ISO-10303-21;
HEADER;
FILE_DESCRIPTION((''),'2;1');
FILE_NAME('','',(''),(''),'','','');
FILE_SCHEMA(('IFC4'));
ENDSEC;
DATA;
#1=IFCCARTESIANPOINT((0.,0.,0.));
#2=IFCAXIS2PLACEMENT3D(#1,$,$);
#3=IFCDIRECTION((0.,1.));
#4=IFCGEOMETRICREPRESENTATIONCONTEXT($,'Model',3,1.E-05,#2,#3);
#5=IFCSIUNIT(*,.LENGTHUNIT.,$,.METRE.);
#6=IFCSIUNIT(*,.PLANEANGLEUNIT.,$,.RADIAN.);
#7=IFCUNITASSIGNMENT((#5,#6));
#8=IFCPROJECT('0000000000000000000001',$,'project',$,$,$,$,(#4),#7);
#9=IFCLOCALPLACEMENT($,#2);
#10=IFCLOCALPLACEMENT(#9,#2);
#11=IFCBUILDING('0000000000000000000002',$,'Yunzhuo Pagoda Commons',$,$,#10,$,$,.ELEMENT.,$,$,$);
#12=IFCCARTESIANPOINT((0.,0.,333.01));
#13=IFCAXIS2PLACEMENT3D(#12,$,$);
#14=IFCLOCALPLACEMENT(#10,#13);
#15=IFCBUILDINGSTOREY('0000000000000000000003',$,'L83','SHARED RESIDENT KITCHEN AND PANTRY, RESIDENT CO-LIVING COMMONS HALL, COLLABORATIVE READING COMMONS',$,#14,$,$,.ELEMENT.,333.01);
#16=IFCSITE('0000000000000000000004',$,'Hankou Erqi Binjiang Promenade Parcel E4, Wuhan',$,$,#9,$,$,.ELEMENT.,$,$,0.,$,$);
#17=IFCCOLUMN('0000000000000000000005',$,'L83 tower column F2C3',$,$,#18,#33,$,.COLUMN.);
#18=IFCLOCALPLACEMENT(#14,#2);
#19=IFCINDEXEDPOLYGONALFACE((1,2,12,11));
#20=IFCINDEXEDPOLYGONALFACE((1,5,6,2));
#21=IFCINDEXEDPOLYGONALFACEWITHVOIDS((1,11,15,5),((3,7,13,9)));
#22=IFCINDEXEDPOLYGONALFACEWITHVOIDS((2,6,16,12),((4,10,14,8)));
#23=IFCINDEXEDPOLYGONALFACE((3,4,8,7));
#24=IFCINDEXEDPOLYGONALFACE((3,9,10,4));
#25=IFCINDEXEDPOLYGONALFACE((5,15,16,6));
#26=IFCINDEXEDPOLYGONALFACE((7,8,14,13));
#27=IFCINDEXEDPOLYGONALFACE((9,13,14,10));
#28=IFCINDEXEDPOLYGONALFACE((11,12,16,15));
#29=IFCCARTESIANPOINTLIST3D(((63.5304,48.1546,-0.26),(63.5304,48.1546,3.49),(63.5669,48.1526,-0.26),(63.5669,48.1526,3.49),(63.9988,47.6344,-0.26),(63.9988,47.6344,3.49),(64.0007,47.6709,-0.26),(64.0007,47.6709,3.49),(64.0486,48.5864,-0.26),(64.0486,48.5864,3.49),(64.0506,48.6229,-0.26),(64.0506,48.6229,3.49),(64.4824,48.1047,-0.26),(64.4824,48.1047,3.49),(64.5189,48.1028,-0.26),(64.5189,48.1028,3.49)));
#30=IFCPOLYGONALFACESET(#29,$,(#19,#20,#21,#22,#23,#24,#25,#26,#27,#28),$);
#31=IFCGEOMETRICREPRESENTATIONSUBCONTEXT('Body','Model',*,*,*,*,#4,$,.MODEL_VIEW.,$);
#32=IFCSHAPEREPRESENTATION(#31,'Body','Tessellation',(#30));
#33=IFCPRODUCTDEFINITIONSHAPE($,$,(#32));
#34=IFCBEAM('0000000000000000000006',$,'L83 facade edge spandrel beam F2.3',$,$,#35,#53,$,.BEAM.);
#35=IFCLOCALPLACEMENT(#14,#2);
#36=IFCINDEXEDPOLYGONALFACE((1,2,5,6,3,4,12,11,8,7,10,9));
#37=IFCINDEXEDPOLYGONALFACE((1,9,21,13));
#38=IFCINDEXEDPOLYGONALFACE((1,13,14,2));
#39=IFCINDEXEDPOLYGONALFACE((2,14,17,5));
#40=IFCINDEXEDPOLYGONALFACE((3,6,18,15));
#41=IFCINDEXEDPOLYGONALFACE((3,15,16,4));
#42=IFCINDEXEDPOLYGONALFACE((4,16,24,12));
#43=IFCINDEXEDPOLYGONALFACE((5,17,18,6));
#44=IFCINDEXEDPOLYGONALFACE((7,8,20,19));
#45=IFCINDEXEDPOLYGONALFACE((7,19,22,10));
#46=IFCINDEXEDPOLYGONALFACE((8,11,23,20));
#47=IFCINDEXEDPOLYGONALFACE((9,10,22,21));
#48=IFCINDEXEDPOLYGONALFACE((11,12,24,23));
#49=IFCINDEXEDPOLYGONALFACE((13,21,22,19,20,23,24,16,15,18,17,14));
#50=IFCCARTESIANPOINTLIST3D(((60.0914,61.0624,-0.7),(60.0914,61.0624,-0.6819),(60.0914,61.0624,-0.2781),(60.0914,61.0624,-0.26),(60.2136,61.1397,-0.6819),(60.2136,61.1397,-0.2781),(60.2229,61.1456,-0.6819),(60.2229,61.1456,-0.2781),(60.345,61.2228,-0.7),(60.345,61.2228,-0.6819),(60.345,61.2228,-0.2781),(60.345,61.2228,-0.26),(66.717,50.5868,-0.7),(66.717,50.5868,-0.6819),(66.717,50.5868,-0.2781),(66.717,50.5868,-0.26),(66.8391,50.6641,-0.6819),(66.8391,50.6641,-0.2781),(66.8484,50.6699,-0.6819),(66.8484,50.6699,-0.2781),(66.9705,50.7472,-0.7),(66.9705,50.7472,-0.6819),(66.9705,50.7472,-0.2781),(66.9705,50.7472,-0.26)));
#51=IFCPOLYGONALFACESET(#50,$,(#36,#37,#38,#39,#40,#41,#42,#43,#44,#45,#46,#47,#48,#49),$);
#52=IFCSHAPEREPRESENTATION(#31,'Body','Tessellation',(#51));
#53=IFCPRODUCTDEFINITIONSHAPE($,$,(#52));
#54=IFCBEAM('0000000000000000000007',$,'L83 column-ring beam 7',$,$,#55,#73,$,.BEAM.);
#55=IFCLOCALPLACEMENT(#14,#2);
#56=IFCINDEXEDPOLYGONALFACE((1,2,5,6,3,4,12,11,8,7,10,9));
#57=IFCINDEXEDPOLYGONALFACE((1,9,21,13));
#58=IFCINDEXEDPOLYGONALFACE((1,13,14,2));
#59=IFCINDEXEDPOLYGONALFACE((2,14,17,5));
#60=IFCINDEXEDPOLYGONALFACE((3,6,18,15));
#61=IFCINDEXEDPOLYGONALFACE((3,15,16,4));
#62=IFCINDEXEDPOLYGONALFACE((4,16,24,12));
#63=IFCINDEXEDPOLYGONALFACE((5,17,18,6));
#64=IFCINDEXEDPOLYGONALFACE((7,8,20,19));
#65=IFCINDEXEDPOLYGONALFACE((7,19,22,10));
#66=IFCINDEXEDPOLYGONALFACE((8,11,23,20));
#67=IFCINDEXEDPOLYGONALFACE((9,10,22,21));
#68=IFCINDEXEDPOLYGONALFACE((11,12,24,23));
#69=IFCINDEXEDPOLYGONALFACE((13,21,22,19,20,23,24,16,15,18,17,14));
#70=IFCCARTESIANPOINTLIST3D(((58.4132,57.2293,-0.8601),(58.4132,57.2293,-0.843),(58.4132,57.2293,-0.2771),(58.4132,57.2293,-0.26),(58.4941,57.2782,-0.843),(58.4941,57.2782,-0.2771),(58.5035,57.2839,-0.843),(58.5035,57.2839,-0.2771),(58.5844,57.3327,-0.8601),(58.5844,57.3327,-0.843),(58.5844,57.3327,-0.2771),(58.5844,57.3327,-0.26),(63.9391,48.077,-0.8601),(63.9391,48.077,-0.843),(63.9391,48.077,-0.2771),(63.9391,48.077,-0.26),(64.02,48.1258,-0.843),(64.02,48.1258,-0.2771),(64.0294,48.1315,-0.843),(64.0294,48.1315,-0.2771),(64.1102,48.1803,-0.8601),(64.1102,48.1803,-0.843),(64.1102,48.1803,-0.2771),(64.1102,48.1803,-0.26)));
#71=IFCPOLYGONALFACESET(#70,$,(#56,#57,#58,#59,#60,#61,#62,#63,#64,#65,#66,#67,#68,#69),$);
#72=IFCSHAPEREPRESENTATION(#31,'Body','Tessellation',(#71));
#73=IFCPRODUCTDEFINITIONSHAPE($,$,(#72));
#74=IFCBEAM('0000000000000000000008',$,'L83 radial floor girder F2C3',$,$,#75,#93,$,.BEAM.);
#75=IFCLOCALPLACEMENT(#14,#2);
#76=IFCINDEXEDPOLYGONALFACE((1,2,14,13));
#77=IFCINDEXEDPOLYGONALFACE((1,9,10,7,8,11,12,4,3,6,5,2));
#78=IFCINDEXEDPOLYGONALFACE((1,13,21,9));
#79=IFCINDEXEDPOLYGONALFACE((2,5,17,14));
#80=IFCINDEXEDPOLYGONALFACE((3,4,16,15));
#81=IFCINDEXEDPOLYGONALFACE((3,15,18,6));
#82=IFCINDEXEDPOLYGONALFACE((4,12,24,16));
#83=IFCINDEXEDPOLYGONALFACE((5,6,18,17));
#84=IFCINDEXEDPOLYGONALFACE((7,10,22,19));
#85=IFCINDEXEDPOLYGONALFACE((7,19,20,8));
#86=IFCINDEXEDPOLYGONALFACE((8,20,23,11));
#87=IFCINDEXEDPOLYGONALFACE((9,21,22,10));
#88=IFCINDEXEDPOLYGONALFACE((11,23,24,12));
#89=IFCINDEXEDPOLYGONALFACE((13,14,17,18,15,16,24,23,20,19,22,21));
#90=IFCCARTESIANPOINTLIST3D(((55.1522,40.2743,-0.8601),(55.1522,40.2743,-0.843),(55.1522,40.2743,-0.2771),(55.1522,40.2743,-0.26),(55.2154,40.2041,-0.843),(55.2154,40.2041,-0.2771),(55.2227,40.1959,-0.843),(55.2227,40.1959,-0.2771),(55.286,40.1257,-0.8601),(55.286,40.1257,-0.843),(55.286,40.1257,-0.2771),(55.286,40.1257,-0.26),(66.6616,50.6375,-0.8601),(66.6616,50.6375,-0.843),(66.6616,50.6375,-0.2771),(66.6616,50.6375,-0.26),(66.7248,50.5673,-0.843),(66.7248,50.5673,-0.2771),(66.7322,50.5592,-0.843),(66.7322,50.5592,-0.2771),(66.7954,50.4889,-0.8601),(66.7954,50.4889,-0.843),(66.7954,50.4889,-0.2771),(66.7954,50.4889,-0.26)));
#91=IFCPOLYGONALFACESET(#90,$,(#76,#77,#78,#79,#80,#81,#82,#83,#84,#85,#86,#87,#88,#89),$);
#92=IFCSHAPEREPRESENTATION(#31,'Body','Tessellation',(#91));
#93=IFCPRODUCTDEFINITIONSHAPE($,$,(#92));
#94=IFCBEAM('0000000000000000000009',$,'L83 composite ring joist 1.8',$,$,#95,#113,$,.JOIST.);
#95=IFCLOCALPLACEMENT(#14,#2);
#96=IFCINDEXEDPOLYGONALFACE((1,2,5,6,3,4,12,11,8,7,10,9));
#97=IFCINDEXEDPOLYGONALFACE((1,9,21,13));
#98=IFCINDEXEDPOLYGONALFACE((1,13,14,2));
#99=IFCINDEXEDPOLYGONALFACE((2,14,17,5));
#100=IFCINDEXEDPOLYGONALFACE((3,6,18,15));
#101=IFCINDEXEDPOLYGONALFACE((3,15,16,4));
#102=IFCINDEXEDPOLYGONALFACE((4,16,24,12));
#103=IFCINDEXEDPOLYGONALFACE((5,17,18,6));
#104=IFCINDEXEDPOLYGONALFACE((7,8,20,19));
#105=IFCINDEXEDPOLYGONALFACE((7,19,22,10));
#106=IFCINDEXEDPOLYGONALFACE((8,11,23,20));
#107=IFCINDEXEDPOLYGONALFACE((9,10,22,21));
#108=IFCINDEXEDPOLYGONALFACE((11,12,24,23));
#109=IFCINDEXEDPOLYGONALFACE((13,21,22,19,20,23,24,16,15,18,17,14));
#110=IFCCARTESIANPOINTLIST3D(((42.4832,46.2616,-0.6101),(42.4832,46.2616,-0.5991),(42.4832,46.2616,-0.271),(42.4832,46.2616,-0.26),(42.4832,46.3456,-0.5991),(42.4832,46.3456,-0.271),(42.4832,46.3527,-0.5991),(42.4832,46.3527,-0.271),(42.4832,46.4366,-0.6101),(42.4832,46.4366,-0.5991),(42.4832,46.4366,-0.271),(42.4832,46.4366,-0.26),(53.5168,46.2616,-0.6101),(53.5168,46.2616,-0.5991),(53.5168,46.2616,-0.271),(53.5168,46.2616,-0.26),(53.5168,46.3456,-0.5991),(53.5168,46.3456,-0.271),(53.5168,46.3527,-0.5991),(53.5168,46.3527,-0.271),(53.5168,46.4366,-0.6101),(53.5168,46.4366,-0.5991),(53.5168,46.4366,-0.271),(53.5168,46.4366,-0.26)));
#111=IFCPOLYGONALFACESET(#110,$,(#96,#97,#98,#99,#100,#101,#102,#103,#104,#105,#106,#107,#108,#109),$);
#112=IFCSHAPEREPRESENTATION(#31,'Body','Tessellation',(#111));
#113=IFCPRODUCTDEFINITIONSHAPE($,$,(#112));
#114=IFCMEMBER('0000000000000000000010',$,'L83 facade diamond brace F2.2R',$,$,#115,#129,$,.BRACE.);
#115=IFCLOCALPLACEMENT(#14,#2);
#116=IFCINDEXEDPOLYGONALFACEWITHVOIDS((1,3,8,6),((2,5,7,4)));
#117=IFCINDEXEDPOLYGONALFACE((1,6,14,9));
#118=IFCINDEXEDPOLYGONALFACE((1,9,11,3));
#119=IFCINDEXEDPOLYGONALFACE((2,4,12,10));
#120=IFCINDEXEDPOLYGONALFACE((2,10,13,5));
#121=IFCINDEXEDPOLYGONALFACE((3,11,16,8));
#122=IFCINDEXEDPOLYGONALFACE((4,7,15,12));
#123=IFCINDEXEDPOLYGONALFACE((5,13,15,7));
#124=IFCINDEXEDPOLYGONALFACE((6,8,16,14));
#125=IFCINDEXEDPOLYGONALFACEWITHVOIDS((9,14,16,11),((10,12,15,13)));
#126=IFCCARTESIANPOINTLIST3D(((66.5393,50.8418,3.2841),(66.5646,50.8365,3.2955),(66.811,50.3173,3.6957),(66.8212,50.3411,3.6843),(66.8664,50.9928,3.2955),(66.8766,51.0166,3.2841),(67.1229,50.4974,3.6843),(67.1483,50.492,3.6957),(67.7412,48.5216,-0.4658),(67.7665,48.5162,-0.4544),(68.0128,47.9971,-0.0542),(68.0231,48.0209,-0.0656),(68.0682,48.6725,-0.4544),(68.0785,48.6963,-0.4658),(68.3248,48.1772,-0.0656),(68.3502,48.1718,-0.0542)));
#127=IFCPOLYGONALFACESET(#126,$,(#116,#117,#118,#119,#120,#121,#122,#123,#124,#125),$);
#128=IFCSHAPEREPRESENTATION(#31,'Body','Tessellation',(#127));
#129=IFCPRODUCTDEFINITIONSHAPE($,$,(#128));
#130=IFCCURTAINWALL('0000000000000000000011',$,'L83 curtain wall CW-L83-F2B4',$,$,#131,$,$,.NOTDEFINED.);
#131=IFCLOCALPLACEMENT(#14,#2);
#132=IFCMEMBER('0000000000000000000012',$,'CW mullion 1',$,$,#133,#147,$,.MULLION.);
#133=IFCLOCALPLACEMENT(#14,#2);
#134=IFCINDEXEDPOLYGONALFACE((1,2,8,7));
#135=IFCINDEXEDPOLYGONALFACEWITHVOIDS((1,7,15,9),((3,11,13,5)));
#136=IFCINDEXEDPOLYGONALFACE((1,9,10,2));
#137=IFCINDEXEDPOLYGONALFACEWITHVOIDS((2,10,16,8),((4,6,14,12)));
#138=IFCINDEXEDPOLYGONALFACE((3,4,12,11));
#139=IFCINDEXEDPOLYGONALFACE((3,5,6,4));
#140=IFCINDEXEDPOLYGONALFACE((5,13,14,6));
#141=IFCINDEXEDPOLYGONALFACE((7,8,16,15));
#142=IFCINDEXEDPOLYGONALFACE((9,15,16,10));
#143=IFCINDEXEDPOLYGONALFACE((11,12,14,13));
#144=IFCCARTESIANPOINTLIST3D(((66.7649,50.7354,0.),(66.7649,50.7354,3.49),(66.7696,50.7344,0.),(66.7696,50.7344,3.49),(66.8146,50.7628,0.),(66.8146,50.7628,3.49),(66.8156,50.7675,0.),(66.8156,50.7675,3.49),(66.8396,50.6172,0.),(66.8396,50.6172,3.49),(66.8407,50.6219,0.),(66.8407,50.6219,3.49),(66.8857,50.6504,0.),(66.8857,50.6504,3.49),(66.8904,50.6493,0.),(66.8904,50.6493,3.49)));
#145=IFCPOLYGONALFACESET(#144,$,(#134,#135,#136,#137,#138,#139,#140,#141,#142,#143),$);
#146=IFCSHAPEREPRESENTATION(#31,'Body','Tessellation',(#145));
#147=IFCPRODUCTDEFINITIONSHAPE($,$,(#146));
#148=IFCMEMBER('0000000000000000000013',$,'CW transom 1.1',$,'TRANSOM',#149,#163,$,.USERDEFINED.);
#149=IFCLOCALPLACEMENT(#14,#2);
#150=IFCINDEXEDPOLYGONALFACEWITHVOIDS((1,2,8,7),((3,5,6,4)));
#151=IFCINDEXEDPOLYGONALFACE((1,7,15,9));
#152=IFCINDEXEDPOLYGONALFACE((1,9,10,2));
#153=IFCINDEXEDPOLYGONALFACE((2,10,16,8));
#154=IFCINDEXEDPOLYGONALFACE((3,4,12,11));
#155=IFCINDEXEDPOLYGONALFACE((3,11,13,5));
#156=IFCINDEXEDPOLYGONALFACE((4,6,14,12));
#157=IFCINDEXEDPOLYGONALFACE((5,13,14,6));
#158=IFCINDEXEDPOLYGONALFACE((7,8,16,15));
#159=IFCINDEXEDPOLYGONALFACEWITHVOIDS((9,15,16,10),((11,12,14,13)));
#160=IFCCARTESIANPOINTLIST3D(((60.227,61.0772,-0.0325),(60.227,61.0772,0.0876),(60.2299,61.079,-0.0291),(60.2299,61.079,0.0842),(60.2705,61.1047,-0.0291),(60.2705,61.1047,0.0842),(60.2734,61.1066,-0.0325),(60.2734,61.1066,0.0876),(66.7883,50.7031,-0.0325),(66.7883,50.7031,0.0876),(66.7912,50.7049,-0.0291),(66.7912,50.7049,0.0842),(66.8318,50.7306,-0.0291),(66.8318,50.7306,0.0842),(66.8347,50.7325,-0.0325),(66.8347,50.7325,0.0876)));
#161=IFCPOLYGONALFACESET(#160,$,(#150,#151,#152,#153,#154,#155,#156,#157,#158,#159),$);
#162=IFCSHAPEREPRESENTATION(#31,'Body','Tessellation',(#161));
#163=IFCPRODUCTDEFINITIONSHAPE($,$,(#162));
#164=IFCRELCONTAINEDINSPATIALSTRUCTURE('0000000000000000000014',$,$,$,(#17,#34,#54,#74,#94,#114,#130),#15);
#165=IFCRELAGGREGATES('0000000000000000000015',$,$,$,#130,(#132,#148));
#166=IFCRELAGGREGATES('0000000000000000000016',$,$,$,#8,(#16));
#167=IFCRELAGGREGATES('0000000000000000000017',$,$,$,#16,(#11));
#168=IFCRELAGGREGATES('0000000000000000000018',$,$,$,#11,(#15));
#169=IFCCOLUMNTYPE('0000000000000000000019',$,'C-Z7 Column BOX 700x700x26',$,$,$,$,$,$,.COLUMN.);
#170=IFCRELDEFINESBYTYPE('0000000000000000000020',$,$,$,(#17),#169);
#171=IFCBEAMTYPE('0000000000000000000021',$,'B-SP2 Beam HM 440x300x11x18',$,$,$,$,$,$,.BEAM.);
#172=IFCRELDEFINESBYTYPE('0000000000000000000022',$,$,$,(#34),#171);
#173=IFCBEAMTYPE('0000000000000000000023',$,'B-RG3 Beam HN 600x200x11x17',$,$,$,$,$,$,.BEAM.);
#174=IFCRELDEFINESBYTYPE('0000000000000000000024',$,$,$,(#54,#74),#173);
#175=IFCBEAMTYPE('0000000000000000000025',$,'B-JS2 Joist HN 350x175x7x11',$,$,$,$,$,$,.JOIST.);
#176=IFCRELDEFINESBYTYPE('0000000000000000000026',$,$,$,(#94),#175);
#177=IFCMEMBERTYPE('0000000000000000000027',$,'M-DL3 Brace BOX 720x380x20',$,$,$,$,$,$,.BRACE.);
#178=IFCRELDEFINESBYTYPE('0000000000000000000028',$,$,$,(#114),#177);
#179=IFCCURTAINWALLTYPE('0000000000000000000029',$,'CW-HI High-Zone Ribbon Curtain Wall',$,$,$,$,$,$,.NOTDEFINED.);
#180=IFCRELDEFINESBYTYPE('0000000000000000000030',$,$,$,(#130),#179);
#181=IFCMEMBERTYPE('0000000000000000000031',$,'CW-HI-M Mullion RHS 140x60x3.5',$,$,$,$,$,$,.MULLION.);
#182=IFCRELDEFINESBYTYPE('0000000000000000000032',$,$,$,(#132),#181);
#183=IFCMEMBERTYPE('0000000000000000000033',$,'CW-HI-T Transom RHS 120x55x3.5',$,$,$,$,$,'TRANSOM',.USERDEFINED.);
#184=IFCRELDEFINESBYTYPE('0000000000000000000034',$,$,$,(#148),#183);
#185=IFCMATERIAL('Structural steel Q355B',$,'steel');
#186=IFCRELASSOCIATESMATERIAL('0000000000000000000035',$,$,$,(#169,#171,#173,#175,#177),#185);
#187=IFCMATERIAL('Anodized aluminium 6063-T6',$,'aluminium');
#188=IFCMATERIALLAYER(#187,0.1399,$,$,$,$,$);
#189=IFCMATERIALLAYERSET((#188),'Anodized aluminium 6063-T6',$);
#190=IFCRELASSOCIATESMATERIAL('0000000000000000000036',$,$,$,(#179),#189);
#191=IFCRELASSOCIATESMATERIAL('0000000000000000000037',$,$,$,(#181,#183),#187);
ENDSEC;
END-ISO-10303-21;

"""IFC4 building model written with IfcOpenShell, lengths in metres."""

from ifc_helpers import new_model, si_unit, direction, frame, origin, origin_2d, place, context, subcontext, project, spatial, hollow_rectangle, i_section, extrude, source, transform, mapped, material, layer, layer_set, material_profile, profile_set, type_object, element, aggregate, save


model = new_model("IFC4")

# Units and contexts
model_context = context("Model", 3, precision=1e-05, world=origin(), true_north=direction((0.0, 1.0)))
body_context = subcontext(model_context, "Body", "Model", "MODEL_VIEW")
ifc_project = project(units=[si_unit("LENGTHUNIT", "METRE"), si_unit("PLANEANGLEUNIT", "RADIAN")], contexts=[model_context])

# Site, building, storey
site_placement = place(None, origin())
site = spatial("IfcSite", under=ifc_project, at=site_placement, Name="Hankou Erqi Binjiang Promenade Parcel E4, Wuhan", CompositionType="ELEMENT", RefElevation=0.0)
building_placement = place(site_placement, origin())
building = spatial("IfcBuilding", under=site, at=building_placement, Name="Yunzhuo Pagoda Commons", CompositionType="ELEMENT")
storey_placement = place(building_placement, frame((0.0, 0.0, 333.01)))
storey = spatial("IfcBuildingStorey", under=building, at=storey_placement, Name="L83", Description="SHARED RESIDENT KITCHEN AND PANTRY, RESIDENT CO-LIVING COMMONS HALL, COLLABORATIVE READING COMMONS", CompositionType="ELEMENT", Elevation=333.01)

# Column
ifc_material_1 = material(Name="Structural steel Q355B", Category="steel")
ifc_material_profile_1 = material_profile(ifc_material_1, hollow_rectangle(XDim=0.7, YDim=0.7, WallThickness=0.0259, at=origin_2d()), Name="Structural steel Q355B")
ifc_profile_set_1 = profile_set([ifc_material_profile_1], Name="Structural steel Q355B")
column_type = type_object("IfcColumnType", Name="C-Z7 Column BOX 700x700x26", PredefinedType="COLUMN", material=ifc_profile_set_1)
shared_shape_1 = source(origin(), body_context, "Body", "SweptSolid", [
    extrude(hollow_rectangle(XDim=0.7, YDim=0.7, WallThickness=0.0259, at=origin_2d()), origin(), (0.0, 0.0, 1.0), 3.75),
])
column_placement = place(storey_placement, frame((64.0247, 48.1287, -0.26), z_axis=(0.0, 0.0, 1.0), x_axis=(-0.669131, 0.743145, 0.0)))
element("IfcColumn", 1, at=column_placement, inside=storey, type_object=column_type, Name="L83 tower column F2C3", PredefinedType="COLUMN", context=body_context, shape_type="MappedRepresentation", body=[
    mapped(shared_shape_1, transform((0.0, 0.0, 0.0), scale=1.0)),
])

# Beams
ifc_material_profile_2 = material_profile(ifc_material_1, i_section(OverallWidth=0.3, OverallDepth=0.4399, WebThickness=0.011, FlangeThickness=0.0181, at=origin_2d()), Name="Structural steel Q355B")
ifc_profile_set_2 = profile_set([ifc_material_profile_2], Name="Structural steel Q355B")
beam_type_1 = type_object("IfcBeamType", Name="B-SP2 Beam HM 440x300x11x18", PredefinedType="BEAM", material=ifc_profile_set_2)
shared_shape_2 = source(origin(), body_context, "Body", "SweptSolid", [
    extrude(i_section(OverallWidth=0.3, OverallDepth=0.4399, WebThickness=0.011, FlangeThickness=0.0181, at=origin_2d()), origin(), (0.0, 0.0, 1.0), 12.395),
])
beam_1_placement = place(storey_placement, frame((66.8438, 50.667, -0.48), z_axis=(-0.534531, 0.845149, 0.0), x_axis=(-0.845149, -0.534531, 0.0)))
element("IfcBeam", 2, at=beam_1_placement, inside=storey, type_object=beam_type_1, Name="L83 facade edge spandrel beam F2.3", PredefinedType="BEAM", context=body_context, shape_type="MappedRepresentation", body=[
    mapped(shared_shape_2, transform((0.0, 0.0, 0.0), scale=1.0)),
])
ifc_material_profile_3 = material_profile(ifc_material_1, i_section(OverallWidth=0.2, OverallDepth=0.6001, WebThickness=0.011, FlangeThickness=0.0171, at=origin_2d()), Name="Structural steel Q355B")
ifc_profile_set_3 = profile_set([ifc_material_profile_3], Name="Structural steel Q355B")
beam_type_2 = type_object("IfcBeamType", Name="B-RG3 Beam HN 600x200x11x17", PredefinedType="BEAM", material=ifc_profile_set_3)
shared_shape_3 = source(origin(), body_context, "Body", "SweptSolid", [
    extrude(i_section(OverallWidth=0.2, OverallDepth=0.6001, WebThickness=0.011, FlangeThickness=0.0171, at=origin_2d()), origin(), (0.0, 0.0, 1.0), 10.6912),
])
beam_2_placement = place(storey_placement, frame((64.0247, 48.1287, -0.5601), z_axis=(-0.516865, 0.856067, 0.0), x_axis=(-0.856067, -0.516865, 0.0)))
element("IfcBeam", 3, at=beam_2_placement, inside=storey, type_object=beam_type_2, Name="L83 column-ring beam 7", PredefinedType="BEAM", context=body_context, shape_type="MappedRepresentation", body=[
    mapped(shared_shape_3, transform((0.0, 0.0, 0.0), scale=1.0)),
])
shared_shape_4 = source(origin(), body_context, "Body", "SweptSolid", [
    extrude(i_section(OverallWidth=0.2, OverallDepth=0.6001, WebThickness=0.011, FlangeThickness=0.0171, at=origin_2d()), origin(), (0.0, 0.0, 1.0), 15.4875),
])
beam_3_placement = place(storey_placement, frame((66.7285, 50.5632, -0.5601), z_axis=(-0.743143, -0.669133, 0.0), x_axis=(0.669133, -0.743143, 0.0)))
element("IfcBeam", 4, at=beam_3_placement, inside=storey, type_object=beam_type_2, Name="L83 radial floor girder F2C3", PredefinedType="BEAM", context=body_context, shape_type="MappedRepresentation", body=[
    mapped(shared_shape_4, transform((0.0, 0.0, 0.0), scale=1.0)),
])
ifc_material_profile_4 = material_profile(ifc_material_1, i_section(OverallWidth=0.175, OverallDepth=0.3501, WebThickness=0.0071, FlangeThickness=0.011, at=origin_2d()), Name="Structural steel Q355B")
ifc_profile_set_4 = profile_set([ifc_material_profile_4], Name="Structural steel Q355B")
beam_type_3 = type_object("IfcBeamType", Name="B-JS2 Joist HN 350x175x7x11", PredefinedType="JOIST", material=ifc_profile_set_4)
shared_shape_5 = source(origin(), body_context, "Body", "SweptSolid", [
    extrude(i_section(OverallWidth=0.175, OverallDepth=0.3501, WebThickness=0.0071, FlangeThickness=0.011, at=origin_2d()), origin(), (0.0, 0.0, 1.0), 11.0337),
])
beam_4_placement = place(storey_placement, frame((53.5168, 46.3491, -0.4351), z_axis=(-1.0, 0.0, 0.0), x_axis=(0.0, -1.0, 0.0)))
element("IfcBeam", 5, at=beam_4_placement, inside=storey, type_object=beam_type_3, Name="L83 composite ring joist 1.8", PredefinedType="JOIST", context=body_context, shape_type="MappedRepresentation", body=[
    mapped(shared_shape_5, transform((0.0, 0.0, 0.0), scale=1.0)),
])

# Member
ifc_material_profile_5 = material_profile(ifc_material_1, hollow_rectangle(XDim=0.3799, YDim=0.72, WallThickness=0.02, at=origin_2d()), Name="Structural steel Q355B")
ifc_profile_set_5 = profile_set([ifc_material_profile_5], Name="Structural steel Q355B")
member_type_1 = type_object("IfcMemberType", Name="M-DL3 Brace BOX 720x380x20", PredefinedType="BRACE", material=ifc_profile_set_5)
shared_shape_6 = source(origin(), body_context, "Body", "SweptSolid", [
    extrude(hollow_rectangle(XDim=0.3799, YDim=0.72, WallThickness=0.02, at=origin_2d()), origin(), (0.0, 0.0, 1.0), 4.5706),
])
member_1_placement = place(storey_placement, frame((68.0457, 48.3467, -0.26), z_axis=(-0.262961, 0.507654, 0.820451), x_axis=(-0.887945, -0.459949, 0.0)))
element("IfcMember", 6, at=member_1_placement, inside=storey, type_object=member_type_1, Name="L83 facade diamond brace F2.2R", PredefinedType="BRACE", context=body_context, shape_type="MappedRepresentation", body=[
    mapped(shared_shape_6, transform((0.0, 0.0, 0.0), scale=1.0)),
])

# Curtain wall, members
ifc_material_2 = material(Name="Anodized aluminium 6063-T6", Category="aluminium")
ifc_layer_1 = layer(ifc_material_2, 0.1399)
ifc_layer_set_1 = layer_set([ifc_layer_1], Name="Anodized aluminium 6063-T6")
curtain_wall_type = type_object("IfcCurtainWallType", Name="CW-HI High-Zone Ribbon Curtain Wall", PredefinedType="NOTDEFINED", material=ifc_layer_set_1)
curtain_wall_1_placement = place(storey_placement, origin())
curtain_wall_1 = element("IfcCurtainWall", 7, at=curtain_wall_1_placement, inside=storey, type_object=curtain_wall_type, Name="L83 curtain wall CW-L83-F2B4", PredefinedType="NOTDEFINED")
ifc_material_profile_6 = material_profile(ifc_material_2, hollow_rectangle(XDim=0.0601, YDim=0.1399, WallThickness=0.0034, at=origin_2d()), Name="Anodized aluminium 6063-T6")
ifc_profile_set_6 = profile_set([ifc_material_profile_6], Name="Anodized aluminium 6063-T6")
member_type_2 = type_object("IfcMemberType", Name="CW-HI-M Mullion RHS 140x60x3.5", PredefinedType="MULLION", material=ifc_profile_set_6)
shared_shape_7 = source(origin(), body_context, "Body", "SweptSolid", [
    extrude(hollow_rectangle(XDim=0.0601, YDim=0.1399, WallThickness=0.0034, at=origin_2d()), origin(), (0.0, 0.0, 1.0), 3.49),
])
member_2_placement = place(storey_placement, frame((66.8276, 50.6924, 0.0), z_axis=(0.0, 0.0, 1.0), x_axis=(-0.845149, -0.534531, 0.0)))
member_2 = element("IfcMember", 8, at=member_2_placement, type_object=member_type_2, Name="CW mullion 1", PredefinedType="MULLION", context=body_context, shape_type="MappedRepresentation", body=[
    mapped(shared_shape_7, transform((0.0, 0.0, 0.0), scale=1.0)),
])
ifc_material_profile_7 = material_profile(ifc_material_2, hollow_rectangle(XDim=0.0549, YDim=0.1201, WallThickness=0.0034, at=origin_2d()), Name="Anodized aluminium 6063-T6")
ifc_profile_set_7 = profile_set([ifc_material_profile_7], Name="Anodized aluminium 6063-T6")
member_type_3 = type_object("IfcMemberType", Name="CW-HI-T Transom RHS 120x55x3.5", ElementType="TRANSOM", PredefinedType="USERDEFINED", material=ifc_profile_set_7)
shared_shape_8 = source(origin(), body_context, "Body", "SweptSolid", [
    extrude(hollow_rectangle(XDim=0.0549, YDim=0.1201, WallThickness=0.0034, at=origin_2d()), origin(), (0.0, 0.0, 1.0), 12.2749),
])
member_3_placement = place(storey_placement, frame((66.8115, 50.7178, 0.0276), z_axis=(-0.534532, 0.845148, 0.0), x_axis=(-0.845148, -0.534532, 0.0)))
member_3 = element("IfcMember", 9, at=member_3_placement, type_object=member_type_3, Name="CW transom 1.1", ObjectType="TRANSOM", PredefinedType="USERDEFINED", context=body_context, shape_type="MappedRepresentation", body=[
    mapped(shared_shape_8, transform((0.0, 0.0, 0.0), scale=1.0)),
])

aggregate(curtain_wall_1, [member_2, member_3])

save(model, "model.ifc")
